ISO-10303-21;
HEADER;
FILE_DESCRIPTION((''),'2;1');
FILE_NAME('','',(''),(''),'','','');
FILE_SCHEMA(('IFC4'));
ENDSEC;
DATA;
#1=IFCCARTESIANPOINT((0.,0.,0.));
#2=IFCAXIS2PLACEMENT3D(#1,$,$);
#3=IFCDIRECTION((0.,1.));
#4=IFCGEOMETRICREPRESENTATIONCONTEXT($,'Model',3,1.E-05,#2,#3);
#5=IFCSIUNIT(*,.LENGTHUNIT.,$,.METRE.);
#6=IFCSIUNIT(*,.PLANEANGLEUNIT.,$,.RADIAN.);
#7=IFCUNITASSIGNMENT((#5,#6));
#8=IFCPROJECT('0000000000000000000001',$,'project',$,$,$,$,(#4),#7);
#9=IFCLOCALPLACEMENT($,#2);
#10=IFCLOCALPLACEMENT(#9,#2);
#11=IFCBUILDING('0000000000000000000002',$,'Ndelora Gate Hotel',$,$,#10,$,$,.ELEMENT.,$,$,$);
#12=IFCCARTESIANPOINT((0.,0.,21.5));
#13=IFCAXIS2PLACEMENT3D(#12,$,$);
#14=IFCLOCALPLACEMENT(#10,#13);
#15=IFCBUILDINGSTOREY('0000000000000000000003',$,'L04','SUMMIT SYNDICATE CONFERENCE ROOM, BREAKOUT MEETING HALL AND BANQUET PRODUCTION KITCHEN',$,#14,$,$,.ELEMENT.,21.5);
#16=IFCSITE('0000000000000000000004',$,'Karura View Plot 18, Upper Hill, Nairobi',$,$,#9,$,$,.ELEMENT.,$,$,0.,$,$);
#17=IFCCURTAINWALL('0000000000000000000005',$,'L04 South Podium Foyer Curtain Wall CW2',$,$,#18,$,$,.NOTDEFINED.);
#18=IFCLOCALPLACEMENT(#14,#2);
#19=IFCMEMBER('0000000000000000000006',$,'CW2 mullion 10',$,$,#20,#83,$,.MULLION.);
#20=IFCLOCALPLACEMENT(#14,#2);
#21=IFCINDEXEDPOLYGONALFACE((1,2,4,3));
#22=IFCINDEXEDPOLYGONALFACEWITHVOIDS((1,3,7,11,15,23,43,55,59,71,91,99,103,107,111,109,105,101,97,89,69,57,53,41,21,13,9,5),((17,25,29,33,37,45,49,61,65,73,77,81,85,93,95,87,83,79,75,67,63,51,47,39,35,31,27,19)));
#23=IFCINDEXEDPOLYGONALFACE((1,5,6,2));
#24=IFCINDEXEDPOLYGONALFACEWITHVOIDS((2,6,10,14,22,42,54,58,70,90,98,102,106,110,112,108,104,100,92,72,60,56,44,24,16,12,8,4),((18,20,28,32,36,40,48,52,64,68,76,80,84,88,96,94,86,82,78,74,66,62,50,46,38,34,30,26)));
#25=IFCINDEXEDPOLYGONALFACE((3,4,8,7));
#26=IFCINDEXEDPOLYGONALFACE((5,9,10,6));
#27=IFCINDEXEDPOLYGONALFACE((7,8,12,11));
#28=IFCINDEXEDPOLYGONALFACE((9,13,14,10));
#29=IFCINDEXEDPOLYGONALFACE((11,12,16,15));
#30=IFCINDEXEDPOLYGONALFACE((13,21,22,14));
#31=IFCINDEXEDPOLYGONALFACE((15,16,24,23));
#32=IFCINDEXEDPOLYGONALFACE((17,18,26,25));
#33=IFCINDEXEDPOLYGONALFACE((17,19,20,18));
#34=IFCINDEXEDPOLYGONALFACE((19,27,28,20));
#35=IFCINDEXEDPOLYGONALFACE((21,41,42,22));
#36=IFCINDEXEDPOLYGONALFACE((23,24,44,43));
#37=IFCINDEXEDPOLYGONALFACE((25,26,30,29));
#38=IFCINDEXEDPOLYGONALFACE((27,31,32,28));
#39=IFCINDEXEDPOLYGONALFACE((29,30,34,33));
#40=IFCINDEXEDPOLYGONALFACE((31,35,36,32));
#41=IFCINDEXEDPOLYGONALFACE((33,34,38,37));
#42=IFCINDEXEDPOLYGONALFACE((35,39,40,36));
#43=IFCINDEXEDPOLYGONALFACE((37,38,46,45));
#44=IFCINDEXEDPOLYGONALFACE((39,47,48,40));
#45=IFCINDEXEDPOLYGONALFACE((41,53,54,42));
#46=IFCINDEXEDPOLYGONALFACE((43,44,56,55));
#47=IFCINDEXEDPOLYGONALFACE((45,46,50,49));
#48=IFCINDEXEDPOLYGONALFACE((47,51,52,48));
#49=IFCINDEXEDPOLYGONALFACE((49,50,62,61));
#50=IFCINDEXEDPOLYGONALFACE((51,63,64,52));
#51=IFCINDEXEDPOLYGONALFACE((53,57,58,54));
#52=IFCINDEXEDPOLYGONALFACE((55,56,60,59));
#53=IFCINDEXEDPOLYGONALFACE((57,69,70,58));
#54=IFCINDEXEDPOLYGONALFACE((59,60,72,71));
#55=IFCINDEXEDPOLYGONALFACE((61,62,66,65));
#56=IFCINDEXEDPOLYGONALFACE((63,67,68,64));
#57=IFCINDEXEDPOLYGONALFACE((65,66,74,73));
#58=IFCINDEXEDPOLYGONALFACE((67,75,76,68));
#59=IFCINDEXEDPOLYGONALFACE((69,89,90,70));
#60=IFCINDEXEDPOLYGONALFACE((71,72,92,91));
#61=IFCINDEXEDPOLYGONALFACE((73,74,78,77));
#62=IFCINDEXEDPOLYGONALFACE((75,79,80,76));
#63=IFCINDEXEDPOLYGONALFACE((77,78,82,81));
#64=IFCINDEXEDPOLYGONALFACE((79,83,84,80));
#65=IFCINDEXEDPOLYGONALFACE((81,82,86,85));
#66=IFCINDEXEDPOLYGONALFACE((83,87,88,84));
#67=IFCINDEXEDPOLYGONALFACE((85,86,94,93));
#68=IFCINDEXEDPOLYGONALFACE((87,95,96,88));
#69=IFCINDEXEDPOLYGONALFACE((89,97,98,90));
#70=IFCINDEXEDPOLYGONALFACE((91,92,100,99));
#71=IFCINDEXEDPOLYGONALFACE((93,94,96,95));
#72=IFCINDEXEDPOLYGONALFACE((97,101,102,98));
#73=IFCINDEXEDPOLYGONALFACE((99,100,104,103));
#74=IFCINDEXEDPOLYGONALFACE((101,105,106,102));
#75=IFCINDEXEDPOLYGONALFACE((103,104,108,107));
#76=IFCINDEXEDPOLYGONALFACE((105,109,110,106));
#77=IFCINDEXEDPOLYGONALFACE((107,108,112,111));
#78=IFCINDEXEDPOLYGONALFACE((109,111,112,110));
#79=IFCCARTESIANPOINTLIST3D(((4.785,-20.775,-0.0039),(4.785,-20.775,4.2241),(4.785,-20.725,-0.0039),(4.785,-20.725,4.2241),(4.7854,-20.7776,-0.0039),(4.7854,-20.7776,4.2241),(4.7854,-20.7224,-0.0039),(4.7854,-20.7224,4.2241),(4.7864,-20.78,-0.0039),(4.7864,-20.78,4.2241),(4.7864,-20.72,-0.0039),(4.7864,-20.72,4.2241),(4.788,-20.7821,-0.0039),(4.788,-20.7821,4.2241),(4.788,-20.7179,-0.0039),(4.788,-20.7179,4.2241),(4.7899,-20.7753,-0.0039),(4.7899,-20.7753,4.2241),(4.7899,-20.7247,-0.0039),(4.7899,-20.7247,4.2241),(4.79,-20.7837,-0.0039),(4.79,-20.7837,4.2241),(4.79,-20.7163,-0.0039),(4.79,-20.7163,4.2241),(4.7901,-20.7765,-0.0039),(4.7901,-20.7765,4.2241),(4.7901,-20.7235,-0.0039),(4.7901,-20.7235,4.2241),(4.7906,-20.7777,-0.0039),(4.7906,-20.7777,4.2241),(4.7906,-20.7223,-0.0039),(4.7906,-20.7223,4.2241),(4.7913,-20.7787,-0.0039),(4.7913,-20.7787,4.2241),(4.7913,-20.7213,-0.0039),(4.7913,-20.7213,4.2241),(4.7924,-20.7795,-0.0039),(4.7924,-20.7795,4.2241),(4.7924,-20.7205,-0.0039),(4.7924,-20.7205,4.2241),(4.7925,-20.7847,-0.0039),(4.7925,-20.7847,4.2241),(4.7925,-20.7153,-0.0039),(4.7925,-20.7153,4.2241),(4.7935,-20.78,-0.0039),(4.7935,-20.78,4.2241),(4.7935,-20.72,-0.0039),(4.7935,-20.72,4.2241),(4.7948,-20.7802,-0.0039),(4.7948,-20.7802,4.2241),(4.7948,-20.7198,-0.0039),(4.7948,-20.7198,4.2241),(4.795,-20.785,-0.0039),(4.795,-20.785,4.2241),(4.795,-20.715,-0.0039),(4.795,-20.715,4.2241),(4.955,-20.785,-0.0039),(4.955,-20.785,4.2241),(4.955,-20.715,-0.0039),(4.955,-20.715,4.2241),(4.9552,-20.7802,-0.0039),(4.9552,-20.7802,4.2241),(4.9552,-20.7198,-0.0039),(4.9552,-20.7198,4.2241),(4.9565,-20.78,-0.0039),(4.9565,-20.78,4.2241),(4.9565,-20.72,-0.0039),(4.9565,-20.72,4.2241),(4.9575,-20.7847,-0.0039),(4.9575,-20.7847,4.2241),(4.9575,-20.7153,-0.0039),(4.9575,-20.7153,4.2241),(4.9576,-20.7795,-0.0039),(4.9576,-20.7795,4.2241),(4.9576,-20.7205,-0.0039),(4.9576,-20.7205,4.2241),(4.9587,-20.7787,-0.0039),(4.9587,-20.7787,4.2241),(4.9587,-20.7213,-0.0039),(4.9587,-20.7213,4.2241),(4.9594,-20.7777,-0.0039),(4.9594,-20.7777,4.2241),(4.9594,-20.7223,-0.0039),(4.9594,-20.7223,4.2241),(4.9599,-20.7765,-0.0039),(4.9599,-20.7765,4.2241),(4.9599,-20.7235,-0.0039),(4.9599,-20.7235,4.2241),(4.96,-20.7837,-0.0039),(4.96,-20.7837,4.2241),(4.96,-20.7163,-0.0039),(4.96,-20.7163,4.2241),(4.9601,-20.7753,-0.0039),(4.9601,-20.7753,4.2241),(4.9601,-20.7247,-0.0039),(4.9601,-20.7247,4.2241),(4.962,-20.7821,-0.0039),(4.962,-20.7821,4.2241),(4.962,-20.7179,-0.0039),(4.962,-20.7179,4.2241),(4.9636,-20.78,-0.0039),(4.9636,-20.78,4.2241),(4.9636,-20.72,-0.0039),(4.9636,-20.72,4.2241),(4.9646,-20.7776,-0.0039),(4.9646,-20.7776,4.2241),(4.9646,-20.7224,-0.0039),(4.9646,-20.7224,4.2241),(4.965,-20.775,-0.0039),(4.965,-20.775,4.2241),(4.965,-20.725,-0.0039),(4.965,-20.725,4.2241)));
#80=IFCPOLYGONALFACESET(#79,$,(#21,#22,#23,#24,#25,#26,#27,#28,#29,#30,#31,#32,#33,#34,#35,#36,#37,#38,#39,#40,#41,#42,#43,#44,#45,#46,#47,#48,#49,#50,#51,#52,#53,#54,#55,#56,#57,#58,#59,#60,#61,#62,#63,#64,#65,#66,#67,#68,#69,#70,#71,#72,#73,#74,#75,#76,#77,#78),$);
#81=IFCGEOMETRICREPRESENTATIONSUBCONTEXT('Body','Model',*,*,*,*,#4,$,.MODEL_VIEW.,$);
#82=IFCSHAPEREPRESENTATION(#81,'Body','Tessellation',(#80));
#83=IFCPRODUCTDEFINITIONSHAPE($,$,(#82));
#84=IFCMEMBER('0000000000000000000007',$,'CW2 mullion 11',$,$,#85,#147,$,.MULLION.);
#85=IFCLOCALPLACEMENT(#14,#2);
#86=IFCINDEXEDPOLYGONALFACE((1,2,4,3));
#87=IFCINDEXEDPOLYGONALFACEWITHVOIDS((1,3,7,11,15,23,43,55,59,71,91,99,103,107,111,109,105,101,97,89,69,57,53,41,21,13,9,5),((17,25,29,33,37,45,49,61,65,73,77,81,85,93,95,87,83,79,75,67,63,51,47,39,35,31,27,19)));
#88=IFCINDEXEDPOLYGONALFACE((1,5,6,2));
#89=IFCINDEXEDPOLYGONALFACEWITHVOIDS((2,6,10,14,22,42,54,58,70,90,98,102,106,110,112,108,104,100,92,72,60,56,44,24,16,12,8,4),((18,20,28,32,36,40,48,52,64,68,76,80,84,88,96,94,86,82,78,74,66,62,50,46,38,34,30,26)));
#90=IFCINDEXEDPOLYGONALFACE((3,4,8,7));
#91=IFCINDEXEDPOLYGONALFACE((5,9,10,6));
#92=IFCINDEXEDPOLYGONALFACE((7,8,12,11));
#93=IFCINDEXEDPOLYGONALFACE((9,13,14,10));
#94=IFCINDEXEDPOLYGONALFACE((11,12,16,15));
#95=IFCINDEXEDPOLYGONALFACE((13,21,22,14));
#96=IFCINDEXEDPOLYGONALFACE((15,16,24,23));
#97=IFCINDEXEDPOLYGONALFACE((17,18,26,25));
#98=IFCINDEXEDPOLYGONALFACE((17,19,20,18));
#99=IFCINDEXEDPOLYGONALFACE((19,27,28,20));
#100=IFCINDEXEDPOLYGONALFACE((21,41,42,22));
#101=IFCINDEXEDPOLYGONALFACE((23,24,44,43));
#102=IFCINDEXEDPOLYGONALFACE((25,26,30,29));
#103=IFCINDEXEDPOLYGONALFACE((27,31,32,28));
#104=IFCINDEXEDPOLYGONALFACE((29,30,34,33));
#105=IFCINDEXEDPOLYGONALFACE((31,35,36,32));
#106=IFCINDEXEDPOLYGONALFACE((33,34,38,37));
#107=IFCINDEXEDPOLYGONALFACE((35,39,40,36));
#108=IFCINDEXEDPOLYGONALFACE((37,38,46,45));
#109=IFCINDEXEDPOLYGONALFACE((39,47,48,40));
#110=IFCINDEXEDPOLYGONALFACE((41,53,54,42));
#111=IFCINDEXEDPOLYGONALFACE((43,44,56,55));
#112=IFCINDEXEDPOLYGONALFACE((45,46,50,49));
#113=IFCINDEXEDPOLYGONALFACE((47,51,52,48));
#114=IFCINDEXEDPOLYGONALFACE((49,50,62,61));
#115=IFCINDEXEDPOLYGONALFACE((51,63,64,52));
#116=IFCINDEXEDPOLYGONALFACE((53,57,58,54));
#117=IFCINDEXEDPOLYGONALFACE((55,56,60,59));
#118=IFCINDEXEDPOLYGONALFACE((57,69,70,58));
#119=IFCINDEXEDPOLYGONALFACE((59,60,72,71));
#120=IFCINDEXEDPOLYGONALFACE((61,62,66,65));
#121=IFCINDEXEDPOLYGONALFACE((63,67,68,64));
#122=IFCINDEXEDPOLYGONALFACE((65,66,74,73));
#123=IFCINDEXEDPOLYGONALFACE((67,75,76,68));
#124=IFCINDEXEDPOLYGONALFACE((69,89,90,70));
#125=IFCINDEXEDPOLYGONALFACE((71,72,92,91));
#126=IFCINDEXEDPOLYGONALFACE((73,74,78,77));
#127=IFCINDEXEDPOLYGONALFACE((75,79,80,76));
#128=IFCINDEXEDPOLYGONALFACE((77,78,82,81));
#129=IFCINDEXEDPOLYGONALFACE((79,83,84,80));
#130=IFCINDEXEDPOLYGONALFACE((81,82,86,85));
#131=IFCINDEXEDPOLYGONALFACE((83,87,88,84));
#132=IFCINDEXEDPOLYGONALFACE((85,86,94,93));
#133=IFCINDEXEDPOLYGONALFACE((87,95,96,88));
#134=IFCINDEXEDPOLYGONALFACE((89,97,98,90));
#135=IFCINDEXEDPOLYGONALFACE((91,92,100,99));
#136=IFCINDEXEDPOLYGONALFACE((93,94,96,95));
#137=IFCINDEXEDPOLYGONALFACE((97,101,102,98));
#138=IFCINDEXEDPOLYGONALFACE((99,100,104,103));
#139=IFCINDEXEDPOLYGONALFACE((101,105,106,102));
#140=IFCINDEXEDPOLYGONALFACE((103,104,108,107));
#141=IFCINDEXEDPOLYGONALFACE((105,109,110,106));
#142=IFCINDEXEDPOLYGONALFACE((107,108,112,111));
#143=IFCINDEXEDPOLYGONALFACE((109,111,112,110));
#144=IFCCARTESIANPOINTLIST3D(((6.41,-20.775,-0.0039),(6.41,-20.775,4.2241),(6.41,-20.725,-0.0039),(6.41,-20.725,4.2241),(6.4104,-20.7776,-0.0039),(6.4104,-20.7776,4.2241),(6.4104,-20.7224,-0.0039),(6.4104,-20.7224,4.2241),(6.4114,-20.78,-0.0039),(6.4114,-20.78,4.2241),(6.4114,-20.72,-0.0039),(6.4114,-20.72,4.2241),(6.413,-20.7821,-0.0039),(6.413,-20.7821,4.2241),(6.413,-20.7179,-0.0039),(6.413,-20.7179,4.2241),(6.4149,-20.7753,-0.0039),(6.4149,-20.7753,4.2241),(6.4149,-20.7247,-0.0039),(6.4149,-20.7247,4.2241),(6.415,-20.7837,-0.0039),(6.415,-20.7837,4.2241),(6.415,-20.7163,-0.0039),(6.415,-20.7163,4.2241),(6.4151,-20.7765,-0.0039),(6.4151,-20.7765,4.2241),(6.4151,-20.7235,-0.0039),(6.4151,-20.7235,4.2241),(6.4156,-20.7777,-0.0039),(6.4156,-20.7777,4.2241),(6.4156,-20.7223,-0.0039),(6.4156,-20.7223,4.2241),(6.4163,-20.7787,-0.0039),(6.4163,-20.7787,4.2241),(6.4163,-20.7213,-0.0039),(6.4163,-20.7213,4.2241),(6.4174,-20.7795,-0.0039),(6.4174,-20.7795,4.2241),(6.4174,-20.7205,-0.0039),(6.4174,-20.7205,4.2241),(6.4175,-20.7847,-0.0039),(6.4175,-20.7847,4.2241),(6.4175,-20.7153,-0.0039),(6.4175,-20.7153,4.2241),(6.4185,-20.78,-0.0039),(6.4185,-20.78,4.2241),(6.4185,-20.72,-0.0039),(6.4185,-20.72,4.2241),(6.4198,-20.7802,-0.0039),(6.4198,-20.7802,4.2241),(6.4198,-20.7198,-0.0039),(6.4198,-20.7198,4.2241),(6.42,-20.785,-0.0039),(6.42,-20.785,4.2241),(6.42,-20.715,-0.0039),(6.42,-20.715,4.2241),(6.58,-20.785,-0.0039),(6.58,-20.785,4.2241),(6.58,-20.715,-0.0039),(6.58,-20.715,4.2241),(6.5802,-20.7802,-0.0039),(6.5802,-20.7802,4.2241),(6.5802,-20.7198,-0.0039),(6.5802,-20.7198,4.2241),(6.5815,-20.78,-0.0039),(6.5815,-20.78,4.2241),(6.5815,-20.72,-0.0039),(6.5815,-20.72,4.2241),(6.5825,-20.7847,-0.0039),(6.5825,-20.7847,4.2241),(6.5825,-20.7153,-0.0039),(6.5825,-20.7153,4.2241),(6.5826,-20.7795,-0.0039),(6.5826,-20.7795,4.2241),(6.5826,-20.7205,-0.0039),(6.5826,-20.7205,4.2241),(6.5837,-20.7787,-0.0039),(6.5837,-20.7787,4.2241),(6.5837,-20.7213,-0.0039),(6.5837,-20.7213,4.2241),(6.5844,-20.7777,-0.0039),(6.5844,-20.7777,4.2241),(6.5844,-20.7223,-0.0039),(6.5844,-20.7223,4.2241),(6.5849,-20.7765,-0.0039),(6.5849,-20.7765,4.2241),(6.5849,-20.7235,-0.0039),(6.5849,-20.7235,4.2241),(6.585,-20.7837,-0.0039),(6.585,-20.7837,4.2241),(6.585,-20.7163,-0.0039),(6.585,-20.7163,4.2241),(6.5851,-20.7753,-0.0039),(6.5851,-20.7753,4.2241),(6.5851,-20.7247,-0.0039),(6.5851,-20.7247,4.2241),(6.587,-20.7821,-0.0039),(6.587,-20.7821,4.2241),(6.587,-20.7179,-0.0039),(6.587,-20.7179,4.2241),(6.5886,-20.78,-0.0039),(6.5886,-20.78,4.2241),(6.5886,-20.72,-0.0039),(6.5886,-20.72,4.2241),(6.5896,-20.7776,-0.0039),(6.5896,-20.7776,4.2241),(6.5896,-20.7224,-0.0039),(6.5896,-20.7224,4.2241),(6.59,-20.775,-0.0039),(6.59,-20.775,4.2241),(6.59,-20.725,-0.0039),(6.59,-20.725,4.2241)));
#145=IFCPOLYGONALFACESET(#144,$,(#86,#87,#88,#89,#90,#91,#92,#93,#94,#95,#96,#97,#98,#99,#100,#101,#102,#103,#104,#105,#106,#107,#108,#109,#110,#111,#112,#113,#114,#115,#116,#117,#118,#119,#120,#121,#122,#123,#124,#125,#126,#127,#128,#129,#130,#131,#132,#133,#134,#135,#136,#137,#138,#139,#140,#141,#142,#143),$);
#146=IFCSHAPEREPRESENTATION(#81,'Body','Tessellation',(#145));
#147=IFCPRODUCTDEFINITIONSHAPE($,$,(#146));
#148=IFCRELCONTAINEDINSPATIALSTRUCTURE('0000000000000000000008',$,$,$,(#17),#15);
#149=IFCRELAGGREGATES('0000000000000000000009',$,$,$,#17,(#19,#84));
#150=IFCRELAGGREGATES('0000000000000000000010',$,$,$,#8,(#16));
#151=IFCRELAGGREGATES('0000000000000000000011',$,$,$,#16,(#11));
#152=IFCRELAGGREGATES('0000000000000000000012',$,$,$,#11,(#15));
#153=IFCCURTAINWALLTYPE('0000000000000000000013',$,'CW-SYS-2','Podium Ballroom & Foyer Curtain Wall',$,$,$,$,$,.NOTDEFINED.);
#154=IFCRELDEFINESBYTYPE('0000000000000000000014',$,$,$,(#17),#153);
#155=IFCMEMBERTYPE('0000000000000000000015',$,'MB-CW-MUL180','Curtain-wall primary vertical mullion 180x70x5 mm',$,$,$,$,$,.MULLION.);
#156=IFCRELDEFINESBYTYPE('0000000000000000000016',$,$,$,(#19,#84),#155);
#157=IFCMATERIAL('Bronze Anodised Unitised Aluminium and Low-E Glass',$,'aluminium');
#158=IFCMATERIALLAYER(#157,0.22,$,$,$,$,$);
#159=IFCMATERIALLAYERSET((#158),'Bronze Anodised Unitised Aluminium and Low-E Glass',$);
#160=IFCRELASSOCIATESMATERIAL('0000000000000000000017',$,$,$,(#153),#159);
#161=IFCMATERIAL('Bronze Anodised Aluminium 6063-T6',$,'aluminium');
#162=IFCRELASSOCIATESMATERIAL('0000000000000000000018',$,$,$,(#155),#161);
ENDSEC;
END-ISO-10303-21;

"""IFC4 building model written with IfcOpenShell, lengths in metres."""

from ifc_helpers import new_model, si_unit, direction, frame, origin, origin_2d, place, context, subcontext, project, spatial, hollow_rectangle, extrude, material, layer, layer_set, material_profile, profile_set, type_object, element, aggregate, save


model = new_model("IFC4")

# Units and contexts
model_context = context("Model", 3, precision=1e-05, world=origin(), true_north=direction((0.0, 1.0)))
body_context = subcontext(model_context, "Body", "Model", "MODEL_VIEW")
ifc_project = project(units=[si_unit("LENGTHUNIT", "METRE"), si_unit("PLANEANGLEUNIT", "RADIAN")], contexts=[model_context])

# Site, building, storey
site_placement = place(None, origin())
site = spatial("IfcSite", under=ifc_project, at=site_placement, Name="Karura View Plot 18, Upper Hill, Nairobi", CompositionType="ELEMENT", RefElevation=0.0)
building_placement = place(site_placement, origin())
building = spatial("IfcBuilding", under=site, at=building_placement, Name="Ndelora Gate Hotel", CompositionType="ELEMENT")
storey_placement = place(building_placement, frame((0.0, 0.0, 21.5)))
storey = spatial("IfcBuildingStorey", under=building, at=storey_placement, Name="L04", Description="SUMMIT SYNDICATE CONFERENCE ROOM, BREAKOUT MEETING HALL AND BANQUET PRODUCTION KITCHEN", CompositionType="ELEMENT", Elevation=21.5)

# Curtain wall, members
ifc_material_1 = material(Name="Bronze Anodised Unitised Aluminium and Low-E Glass", Category="aluminium")
ifc_layer_1 = layer(ifc_material_1, 0.22)
ifc_layer_set_1 = layer_set([ifc_layer_1], Name="Bronze Anodised Unitised Aluminium and Low-E Glass")
curtain_wall_type = type_object("IfcCurtainWallType", Name="CW-SYS-2", Description="Podium Ballroom & Foyer Curtain Wall", PredefinedType="NOTDEFINED", material=ifc_layer_set_1)
curtain_wall_placement = place(storey_placement, origin())
curtain_wall = element("IfcCurtainWall", 1, at=curtain_wall_placement, inside=storey, type_object=curtain_wall_type, Name="L04 South Podium Foyer Curtain Wall CW2", PredefinedType="NOTDEFINED")
ifc_material_2 = material(Name="Bronze Anodised Aluminium 6063-T6", Category="aluminium")
ifc_material_profile_1 = material_profile(ifc_material_2, hollow_rectangle(XDim=0.0701, YDim=0.1799, WallThickness=0.0049, InnerFilletRadius=0.0049, OuterFilletRadius=0.01, at=origin_2d()), Name="ALU 180x70x5")
ifc_profile_set_1 = profile_set([ifc_material_profile_1], Name="Bronze Anodised Aluminium 6063-T6")
member_type_1 = type_object("IfcMemberType", Name="MB-CW-MUL180", Description="Curtain-wall primary vertical mullion 180x70x5 mm", PredefinedType="MULLION", material=ifc_profile_set_1)
member_1_placement = place(storey_placement, frame((4.875, -20.75, -0.0039), z_axis=(0.0, 0.0, 1.0), x_axis=(0.0, 1.0, 0.0)))
member_1 = element("IfcMember", 2, at=member_1_placement, type_object=member_type_1, Name="CW2 mullion 10", PredefinedType="MULLION", context=body_context, shape_type="SweptSolid", body=[
    extrude(hollow_rectangle(XDim=0.0701, YDim=0.1799, WallThickness=0.0049, InnerFilletRadius=0.0049, OuterFilletRadius=0.01, at=origin_2d()), origin(), (0.0, 0.0, 1.0), 4.228),
])
member_2_placement = place(storey_placement, frame((6.5, -20.75, -0.0039), z_axis=(0.0, 0.0, 1.0), x_axis=(0.0, 1.0, 0.0)))
member_2 = element("IfcMember", 3, at=member_2_placement, type_object=member_type_1, Name="CW2 mullion 11", PredefinedType="MULLION", context=body_context, shape_type="SweptSolid", body=[
    extrude(hollow_rectangle(XDim=0.0701, YDim=0.1799, WallThickness=0.0049, InnerFilletRadius=0.0049, OuterFilletRadius=0.01, at=origin_2d()), origin(), (0.0, 0.0, 1.0), 4.228),
])
aggregate(curtain_wall, [member_1, member_2])

save(model, "model.ifc")
